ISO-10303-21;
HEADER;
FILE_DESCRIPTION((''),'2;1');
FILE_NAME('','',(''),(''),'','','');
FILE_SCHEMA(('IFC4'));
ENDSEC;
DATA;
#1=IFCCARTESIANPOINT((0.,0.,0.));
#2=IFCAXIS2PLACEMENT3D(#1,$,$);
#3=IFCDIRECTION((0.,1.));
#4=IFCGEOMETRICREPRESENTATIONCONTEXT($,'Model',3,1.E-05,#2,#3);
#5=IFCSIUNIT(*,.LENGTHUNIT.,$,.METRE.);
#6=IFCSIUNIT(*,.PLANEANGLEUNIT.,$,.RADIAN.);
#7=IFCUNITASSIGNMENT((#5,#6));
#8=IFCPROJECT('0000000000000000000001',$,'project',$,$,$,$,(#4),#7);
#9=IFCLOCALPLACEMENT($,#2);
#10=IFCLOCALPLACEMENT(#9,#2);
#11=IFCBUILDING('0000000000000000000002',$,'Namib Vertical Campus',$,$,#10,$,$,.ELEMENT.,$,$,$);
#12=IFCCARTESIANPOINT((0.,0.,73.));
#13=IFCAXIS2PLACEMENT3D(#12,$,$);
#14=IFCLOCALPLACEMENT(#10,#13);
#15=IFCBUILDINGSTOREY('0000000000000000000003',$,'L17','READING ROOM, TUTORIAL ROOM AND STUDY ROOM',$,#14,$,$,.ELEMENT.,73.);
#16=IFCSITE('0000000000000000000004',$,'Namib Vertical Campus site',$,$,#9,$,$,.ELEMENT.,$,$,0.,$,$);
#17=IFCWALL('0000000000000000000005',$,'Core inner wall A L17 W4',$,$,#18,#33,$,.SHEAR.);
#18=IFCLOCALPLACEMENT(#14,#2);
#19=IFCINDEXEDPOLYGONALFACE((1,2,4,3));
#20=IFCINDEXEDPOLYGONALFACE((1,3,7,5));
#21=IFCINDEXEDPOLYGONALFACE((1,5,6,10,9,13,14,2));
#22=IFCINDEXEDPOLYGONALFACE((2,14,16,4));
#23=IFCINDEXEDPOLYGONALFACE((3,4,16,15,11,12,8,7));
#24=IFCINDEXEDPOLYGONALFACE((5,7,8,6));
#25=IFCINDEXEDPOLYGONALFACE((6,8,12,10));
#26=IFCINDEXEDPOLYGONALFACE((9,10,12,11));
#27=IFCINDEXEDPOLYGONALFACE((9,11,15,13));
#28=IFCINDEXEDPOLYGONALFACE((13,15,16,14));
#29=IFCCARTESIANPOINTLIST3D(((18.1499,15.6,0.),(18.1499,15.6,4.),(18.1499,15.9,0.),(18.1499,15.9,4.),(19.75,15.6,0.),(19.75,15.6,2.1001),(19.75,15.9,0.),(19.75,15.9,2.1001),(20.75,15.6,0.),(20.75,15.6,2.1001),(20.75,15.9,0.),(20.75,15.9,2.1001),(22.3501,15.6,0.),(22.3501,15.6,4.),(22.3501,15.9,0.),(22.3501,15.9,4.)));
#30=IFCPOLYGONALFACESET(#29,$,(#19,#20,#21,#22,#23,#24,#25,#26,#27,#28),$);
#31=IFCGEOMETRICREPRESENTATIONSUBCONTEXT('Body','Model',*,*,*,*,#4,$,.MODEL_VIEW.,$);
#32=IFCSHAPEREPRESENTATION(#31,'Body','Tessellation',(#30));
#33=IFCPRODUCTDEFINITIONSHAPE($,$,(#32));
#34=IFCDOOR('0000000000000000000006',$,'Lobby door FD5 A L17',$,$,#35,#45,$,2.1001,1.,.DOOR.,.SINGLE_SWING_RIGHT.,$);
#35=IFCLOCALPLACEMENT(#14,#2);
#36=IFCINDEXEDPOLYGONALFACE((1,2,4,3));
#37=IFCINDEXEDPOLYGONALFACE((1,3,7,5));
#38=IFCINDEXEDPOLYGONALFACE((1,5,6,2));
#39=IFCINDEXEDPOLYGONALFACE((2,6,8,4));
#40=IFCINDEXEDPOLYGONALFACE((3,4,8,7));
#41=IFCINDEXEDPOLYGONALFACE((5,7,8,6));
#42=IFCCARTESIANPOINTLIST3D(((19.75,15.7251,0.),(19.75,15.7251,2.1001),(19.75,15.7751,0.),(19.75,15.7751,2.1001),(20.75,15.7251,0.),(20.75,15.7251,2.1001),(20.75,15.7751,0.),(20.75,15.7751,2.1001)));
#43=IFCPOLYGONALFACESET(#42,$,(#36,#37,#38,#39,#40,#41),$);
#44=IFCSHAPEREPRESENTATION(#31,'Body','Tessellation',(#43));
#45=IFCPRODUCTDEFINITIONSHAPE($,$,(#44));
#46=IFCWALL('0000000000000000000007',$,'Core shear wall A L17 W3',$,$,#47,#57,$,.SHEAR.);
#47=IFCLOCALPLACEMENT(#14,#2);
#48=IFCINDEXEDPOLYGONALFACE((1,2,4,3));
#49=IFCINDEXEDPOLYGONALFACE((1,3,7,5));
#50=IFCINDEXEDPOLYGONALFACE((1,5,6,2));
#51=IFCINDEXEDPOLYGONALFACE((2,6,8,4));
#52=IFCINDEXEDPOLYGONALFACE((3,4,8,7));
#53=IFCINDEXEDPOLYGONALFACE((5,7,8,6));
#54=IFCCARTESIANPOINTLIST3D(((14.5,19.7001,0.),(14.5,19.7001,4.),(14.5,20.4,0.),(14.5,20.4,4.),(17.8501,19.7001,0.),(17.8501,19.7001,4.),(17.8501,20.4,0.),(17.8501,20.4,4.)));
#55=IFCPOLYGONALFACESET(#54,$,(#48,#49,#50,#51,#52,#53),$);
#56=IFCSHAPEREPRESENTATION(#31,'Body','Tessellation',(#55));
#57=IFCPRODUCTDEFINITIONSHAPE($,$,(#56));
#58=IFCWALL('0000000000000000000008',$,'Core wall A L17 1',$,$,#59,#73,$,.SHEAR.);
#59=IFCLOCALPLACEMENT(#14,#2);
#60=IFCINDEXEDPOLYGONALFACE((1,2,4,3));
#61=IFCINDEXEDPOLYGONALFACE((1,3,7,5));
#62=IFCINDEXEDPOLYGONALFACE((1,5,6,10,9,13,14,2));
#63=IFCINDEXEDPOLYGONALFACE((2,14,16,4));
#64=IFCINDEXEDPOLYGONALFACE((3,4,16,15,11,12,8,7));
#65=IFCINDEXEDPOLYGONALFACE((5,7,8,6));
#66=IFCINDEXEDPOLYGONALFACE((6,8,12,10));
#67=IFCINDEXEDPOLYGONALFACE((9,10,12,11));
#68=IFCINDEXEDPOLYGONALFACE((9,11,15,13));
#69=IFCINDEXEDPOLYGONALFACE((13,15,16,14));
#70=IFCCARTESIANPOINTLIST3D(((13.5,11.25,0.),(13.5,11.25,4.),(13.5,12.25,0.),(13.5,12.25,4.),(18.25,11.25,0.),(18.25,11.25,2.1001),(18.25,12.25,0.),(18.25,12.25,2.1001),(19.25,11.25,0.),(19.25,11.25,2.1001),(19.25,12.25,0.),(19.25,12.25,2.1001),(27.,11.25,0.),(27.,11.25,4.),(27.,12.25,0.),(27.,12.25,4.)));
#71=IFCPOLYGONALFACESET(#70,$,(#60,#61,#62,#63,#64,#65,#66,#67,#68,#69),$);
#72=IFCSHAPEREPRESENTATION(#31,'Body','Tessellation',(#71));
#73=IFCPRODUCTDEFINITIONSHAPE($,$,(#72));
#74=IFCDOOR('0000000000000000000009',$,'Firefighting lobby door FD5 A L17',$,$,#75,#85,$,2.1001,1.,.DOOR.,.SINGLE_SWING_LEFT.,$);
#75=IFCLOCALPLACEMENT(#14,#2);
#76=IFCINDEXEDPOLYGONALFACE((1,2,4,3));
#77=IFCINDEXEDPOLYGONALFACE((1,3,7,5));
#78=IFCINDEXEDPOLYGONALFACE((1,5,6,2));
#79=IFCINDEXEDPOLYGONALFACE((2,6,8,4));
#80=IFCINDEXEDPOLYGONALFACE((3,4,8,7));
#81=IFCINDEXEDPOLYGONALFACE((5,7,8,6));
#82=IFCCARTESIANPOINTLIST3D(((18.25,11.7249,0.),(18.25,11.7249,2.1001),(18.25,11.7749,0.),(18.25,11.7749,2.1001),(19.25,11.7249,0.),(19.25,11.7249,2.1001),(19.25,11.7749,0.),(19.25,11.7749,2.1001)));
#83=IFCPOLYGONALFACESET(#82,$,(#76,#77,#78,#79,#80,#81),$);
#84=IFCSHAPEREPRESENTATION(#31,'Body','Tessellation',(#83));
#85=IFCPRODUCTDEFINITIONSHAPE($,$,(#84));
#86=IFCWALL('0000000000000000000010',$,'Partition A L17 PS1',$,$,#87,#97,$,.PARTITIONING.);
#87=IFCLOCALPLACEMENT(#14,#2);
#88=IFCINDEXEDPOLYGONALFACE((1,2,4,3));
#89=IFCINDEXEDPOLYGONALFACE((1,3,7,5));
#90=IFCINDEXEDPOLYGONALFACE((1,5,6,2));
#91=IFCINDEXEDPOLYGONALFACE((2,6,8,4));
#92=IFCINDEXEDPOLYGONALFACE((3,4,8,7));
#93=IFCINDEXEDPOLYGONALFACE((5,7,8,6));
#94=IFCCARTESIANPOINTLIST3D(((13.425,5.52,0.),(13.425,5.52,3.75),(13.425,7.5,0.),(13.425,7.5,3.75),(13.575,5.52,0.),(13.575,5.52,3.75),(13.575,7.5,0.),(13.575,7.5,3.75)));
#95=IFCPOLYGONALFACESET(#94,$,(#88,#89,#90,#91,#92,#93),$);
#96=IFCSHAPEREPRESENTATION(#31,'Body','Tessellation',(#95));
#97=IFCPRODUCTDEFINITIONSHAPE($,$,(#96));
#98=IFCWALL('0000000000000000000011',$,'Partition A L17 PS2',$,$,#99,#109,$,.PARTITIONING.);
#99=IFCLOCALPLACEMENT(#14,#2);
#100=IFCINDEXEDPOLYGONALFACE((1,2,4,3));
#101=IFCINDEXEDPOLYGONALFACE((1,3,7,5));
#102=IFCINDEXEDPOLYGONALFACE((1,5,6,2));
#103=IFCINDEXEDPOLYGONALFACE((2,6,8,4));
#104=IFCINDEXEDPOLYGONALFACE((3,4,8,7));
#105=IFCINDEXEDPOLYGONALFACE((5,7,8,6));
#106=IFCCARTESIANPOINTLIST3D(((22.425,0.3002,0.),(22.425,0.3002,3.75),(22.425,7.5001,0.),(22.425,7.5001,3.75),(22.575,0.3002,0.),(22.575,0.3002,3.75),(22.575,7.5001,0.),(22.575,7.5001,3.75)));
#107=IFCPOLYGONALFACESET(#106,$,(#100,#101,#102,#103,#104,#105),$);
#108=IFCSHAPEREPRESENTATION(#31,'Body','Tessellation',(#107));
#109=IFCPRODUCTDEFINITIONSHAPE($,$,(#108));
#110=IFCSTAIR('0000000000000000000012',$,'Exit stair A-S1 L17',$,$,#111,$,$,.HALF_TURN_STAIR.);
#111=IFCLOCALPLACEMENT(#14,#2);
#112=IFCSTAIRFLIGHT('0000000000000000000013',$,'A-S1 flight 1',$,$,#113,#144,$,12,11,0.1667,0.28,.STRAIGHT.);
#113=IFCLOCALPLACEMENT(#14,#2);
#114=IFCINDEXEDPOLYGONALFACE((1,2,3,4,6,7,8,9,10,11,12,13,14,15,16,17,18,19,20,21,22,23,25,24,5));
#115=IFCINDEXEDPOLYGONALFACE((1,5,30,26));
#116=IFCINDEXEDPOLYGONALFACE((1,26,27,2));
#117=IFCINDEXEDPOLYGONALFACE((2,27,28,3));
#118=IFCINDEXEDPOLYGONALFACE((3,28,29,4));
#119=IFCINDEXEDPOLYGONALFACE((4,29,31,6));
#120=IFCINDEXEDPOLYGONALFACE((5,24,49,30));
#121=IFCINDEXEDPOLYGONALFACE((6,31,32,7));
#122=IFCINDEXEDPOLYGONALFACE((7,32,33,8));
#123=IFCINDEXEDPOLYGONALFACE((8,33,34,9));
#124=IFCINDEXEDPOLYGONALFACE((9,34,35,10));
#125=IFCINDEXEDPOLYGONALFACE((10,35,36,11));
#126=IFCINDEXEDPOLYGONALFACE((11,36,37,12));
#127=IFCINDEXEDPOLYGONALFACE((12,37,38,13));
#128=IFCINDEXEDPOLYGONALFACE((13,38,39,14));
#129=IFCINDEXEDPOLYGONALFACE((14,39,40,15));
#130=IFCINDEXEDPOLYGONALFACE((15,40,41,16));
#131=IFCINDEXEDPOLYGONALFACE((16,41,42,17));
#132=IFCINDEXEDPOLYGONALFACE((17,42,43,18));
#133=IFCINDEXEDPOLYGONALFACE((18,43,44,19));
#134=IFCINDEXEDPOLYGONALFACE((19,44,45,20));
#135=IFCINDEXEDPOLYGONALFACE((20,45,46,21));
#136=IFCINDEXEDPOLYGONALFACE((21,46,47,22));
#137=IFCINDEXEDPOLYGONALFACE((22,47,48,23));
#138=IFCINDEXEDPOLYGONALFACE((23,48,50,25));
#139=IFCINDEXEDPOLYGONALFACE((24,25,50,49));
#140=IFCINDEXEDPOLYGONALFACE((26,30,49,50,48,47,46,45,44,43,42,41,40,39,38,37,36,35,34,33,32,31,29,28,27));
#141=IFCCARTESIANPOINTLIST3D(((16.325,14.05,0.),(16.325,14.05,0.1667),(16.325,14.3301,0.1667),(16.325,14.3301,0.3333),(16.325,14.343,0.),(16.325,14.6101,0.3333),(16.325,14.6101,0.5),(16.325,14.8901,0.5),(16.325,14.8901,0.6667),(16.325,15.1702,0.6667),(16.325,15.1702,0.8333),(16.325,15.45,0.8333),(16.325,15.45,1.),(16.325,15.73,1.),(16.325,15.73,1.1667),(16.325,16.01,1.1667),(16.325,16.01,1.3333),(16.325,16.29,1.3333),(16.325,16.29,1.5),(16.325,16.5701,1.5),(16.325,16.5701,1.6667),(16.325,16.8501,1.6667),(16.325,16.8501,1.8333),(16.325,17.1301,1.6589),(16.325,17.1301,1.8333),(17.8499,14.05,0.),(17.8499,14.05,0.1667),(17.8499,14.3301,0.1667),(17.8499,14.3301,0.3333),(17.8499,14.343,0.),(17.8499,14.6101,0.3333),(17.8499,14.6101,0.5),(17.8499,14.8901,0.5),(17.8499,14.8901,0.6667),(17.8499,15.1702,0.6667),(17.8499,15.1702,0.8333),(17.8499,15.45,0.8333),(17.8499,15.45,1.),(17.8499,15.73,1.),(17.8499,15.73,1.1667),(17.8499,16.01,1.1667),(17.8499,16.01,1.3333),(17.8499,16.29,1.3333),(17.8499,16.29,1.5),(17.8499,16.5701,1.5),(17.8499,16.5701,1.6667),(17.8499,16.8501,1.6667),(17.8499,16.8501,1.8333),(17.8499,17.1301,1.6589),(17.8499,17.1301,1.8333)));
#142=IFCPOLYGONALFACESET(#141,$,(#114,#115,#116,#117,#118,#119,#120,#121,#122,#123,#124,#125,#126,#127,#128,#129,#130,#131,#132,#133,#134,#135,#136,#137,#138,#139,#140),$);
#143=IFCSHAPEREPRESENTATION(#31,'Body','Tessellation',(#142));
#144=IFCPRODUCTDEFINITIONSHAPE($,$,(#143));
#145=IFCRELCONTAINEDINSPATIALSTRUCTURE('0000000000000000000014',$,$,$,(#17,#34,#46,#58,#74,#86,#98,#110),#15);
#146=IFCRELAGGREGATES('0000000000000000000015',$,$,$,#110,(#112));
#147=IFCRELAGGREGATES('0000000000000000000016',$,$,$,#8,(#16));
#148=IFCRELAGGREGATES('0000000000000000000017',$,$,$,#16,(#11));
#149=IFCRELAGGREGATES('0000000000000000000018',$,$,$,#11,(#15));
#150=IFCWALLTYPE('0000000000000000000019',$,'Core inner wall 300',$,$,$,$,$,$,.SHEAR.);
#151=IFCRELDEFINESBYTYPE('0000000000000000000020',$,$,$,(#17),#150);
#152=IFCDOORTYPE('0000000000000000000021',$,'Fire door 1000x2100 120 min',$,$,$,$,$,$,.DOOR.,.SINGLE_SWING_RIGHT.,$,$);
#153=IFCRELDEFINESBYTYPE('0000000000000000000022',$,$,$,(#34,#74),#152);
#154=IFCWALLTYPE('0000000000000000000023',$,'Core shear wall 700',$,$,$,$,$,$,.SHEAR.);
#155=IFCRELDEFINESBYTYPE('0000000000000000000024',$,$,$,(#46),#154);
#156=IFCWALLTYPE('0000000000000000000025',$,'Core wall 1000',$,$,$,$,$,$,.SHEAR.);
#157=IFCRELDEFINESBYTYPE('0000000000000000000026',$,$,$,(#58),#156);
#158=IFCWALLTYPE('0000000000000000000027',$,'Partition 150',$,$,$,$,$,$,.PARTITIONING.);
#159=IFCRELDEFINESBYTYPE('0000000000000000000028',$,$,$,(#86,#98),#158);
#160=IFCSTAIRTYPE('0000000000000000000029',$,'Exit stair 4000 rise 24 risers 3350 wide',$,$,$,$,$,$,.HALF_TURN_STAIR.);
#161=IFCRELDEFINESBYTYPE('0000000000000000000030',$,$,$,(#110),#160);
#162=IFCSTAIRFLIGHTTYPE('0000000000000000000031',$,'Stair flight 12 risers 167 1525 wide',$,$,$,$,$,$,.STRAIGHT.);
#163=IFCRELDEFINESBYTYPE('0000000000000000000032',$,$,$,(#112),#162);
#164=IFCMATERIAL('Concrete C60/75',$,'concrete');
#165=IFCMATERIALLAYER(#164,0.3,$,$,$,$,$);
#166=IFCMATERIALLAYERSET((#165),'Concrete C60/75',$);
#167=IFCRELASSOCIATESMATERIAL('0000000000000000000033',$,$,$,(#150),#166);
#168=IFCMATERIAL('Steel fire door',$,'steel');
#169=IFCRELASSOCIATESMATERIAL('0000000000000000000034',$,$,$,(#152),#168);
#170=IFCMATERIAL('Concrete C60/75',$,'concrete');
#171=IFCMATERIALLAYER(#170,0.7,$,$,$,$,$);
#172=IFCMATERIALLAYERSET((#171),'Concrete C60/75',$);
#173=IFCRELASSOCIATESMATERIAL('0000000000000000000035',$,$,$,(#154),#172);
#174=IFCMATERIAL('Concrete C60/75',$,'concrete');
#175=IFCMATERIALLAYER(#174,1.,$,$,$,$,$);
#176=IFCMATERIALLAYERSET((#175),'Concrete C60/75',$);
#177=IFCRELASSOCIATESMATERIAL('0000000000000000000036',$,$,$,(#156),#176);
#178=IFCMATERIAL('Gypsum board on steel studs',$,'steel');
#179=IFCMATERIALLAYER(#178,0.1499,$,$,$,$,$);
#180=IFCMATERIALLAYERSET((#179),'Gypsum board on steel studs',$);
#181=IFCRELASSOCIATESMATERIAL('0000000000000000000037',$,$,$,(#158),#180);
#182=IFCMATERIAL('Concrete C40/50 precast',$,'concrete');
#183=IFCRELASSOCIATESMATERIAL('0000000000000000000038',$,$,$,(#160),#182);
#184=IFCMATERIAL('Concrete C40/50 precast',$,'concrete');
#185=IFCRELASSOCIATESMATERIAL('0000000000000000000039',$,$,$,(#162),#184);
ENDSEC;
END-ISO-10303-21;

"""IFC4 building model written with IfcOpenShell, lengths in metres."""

from ifc_helpers import new_model, si_unit, direction, frame, frame_2d, origin, place, context, subcontext, project, spatial, polyline, rectangle, outline, extrude, material, layer, layer_set, type_object, element, fill, aggregate, save


model = new_model("IFC4")

# Units and contexts
model_context = context("Model", 3, precision=1e-05, world=origin(), true_north=direction((0.0, 1.0)))
body_context = subcontext(model_context, "Body", "Model", "MODEL_VIEW")
ifc_project = project(units=[si_unit("LENGTHUNIT", "METRE"), si_unit("PLANEANGLEUNIT", "RADIAN")], contexts=[model_context])

# Site, building, storey
site_placement = place(None, origin())
site = spatial("IfcSite", under=ifc_project, at=site_placement, Name="Namib Vertical Campus site", CompositionType="ELEMENT", RefElevation=0.0)
building_placement = place(site_placement, origin())
building = spatial("IfcBuilding", under=site, at=building_placement, Name="Namib Vertical Campus", CompositionType="ELEMENT")
storey_placement = place(building_placement, frame((0.0, 0.0, 73.0)))
storey = spatial("IfcBuildingStorey", under=building, at=storey_placement, Name="L17", Description="READING ROOM, TUTORIAL ROOM AND STUDY ROOM", CompositionType="ELEMENT", Elevation=73.0)

# Shared definitions
ifc_material_1 = material(Name="Concrete C60/75", Category="concrete")
ifc_layer_1 = layer(ifc_material_1, 0.3)
ifc_layer_set_1 = layer_set([ifc_layer_1], Name="Concrete C60/75")
wall_type_1 = type_object("IfcWallType", Name="Core inner wall 300", PredefinedType="SHEAR", material=ifc_layer_set_1)

# Wall, opening, door
wall_1_placement = place(storey_placement, frame((18.1499, 15.75, 0.0), z_axis=(0.0, 0.0, 1.0), x_axis=(1.0, 0.0, 0.0)))
wall_1 = element("IfcWall", 1, at=wall_1_placement, inside=storey, type_object=wall_type_1, Name="Core inner wall A L17 W4", PredefinedType="SHEAR", context=body_context, shape_type="SweptSolid", body=[
    extrude(rectangle(XDim=4.2002, YDim=0.3, at=frame_2d((2.1001, 0.0))), origin(), (0.0, 0.0, 1.0), 4.0),
])
opening_1_placement = place(wall_1_placement, frame((1.6001, 0.0, 0.0)))
opening_1 = element("IfcOpeningElement", 2, at=opening_1_placement, cuts=wall_1, PredefinedType="OPENING", context=body_context, shape_type="SweptSolid", body=[
    extrude(rectangle(XDim=1.0, YDim=2.1001, at=frame_2d((0.5, 1.05))), frame((0.0, 0.1599, 0.0), z_axis=(0.0, -1.0, 0.0), x_axis=(1.0, 0.0, 0.0)), (0.0, 0.0, 1.0), 0.3201),
])
ifc_material_2 = material(Name="Steel fire door", Category="steel")
door_type_1 = type_object("IfcDoorType", Name="Fire door 1000x2100 120 min", OperationType="SINGLE_SWING_RIGHT", PredefinedType="DOOR", material=ifc_material_2)
door_1_placement = place(opening_1_placement, frame((1.0, 0.0, 0.0), z_axis=(0.0, 0.0, 1.0), x_axis=(-1.0, 0.0, 0.0)))
door_1 = element("IfcDoor", 3, at=door_1_placement, inside=storey, type_object=door_type_1, Name="Lobby door FD5 A L17", OperationType="SINGLE_SWING_RIGHT", OverallHeight=2.1001, OverallWidth=1.0, PredefinedType="DOOR", context=body_context, shape_type="SweptSolid", body=[
    extrude(rectangle(XDim=1.0, YDim=2.1001, at=frame_2d((0.5, 1.05))), frame((0.0, 0.0249, 0.0), z_axis=(0.0, -1.0, 0.0), x_axis=(1.0, 0.0, 0.0)), (0.0, 0.0, 1.0), 0.05),
])
fill(opening_1, door_1)

# Wall
ifc_material_3 = material(Name="Concrete C60/75", Category="concrete")
ifc_layer_2 = layer(ifc_material_3, 0.7)
ifc_layer_set_2 = layer_set([ifc_layer_2], Name="Concrete C60/75")
wall_type_2 = type_object("IfcWallType", Name="Core shear wall 700", PredefinedType="SHEAR", material=ifc_layer_set_2)
wall_2_placement = place(storey_placement, frame((14.5, 20.05, 0.0), z_axis=(0.0, 0.0, 1.0), x_axis=(1.0, 0.0, 0.0)))
element("IfcWall", 4, at=wall_2_placement, inside=storey, type_object=wall_type_2, Name="Core shear wall A L17 W3", PredefinedType="SHEAR", context=body_context, shape_type="SweptSolid", body=[
    extrude(rectangle(XDim=3.3501, YDim=0.7, at=frame_2d((1.675, 0.0))), origin(), (0.0, 0.0, 1.0), 4.0),
])

# Wall, opening, door
ifc_material_4 = material(Name="Concrete C60/75", Category="concrete")
ifc_layer_3 = layer(ifc_material_4, 1.0)
ifc_layer_set_3 = layer_set([ifc_layer_3], Name="Concrete C60/75")
wall_type_3 = type_object("IfcWallType", Name="Core wall 1000", PredefinedType="SHEAR", material=ifc_layer_set_3)
wall_3_placement = place(storey_placement, frame((13.5, 11.75, 0.0), z_axis=(0.0, 0.0, 1.0), x_axis=(1.0, 0.0, 0.0)))
wall_3 = element("IfcWall", 5, at=wall_3_placement, inside=storey, type_object=wall_type_3, Name="Core wall A L17 1", PredefinedType="SHEAR", context=body_context, shape_type="SweptSolid", body=[
    extrude(rectangle(XDim=13.5, YDim=1.0, at=frame_2d((6.75, 0.0))), origin(), (0.0, 0.0, 1.0), 4.0),
])
opening_2_placement = place(wall_3_placement, frame((4.75, 0.0, 0.0)))
opening_2 = element("IfcOpeningElement", 6, at=opening_2_placement, cuts=wall_3, PredefinedType="OPENING", context=body_context, shape_type="SweptSolid", body=[
    extrude(rectangle(XDim=1.0, YDim=2.1001, at=frame_2d((0.5, 1.05))), frame((0.0, 0.51, 0.0), z_axis=(0.0, -1.0, 0.0), x_axis=(1.0, 0.0, 0.0)), (0.0, 0.0, 1.0), 1.02),
])
door_2_placement = place(opening_2_placement, origin())
door_2 = element("IfcDoor", 7, at=door_2_placement, inside=storey, type_object=door_type_1, Name="Firefighting lobby door FD5 A L17", OperationType="SINGLE_SWING_LEFT", OverallHeight=2.1001, OverallWidth=1.0, PredefinedType="DOOR", context=body_context, shape_type="SweptSolid", body=[
    extrude(rectangle(XDim=1.0, YDim=2.1001, at=frame_2d((0.5, 1.05))), frame((0.0, 0.0249, 0.0), z_axis=(0.0, -1.0, 0.0), x_axis=(1.0, 0.0, 0.0)), (0.0, 0.0, 1.0), 0.05),
])
fill(opening_2, door_2)

# Walls
ifc_material_5 = material(Name="Gypsum board on steel studs", Category="steel")
ifc_layer_4 = layer(ifc_material_5, 0.1499)
ifc_layer_set_4 = layer_set([ifc_layer_4], Name="Gypsum board on steel studs")
wall_type_4 = type_object("IfcWallType", Name="Partition 150", PredefinedType="PARTITIONING", material=ifc_layer_set_4)
wall_4_placement = place(storey_placement, frame((13.5, 5.52, 0.0), z_axis=(0.0, 0.0, 1.0), x_axis=(0.0, 1.0, 0.0)))
element("IfcWall", 8, at=wall_4_placement, inside=storey, type_object=wall_type_4, Name="Partition A L17 PS1", PredefinedType="PARTITIONING", context=body_context, shape_type="SweptSolid", body=[
    extrude(rectangle(XDim=1.98, YDim=0.1499, at=frame_2d((0.99, 0.0))), origin(), (0.0, 0.0, 1.0), 3.75),
])
wall_5_placement = place(storey_placement, frame((22.5, 0.3, 0.0), z_axis=(0.0, 0.0, 1.0), x_axis=(0.0, 1.0, 0.0)))
element("IfcWall", 9, at=wall_5_placement, inside=storey, type_object=wall_type_4, Name="Partition A L17 PS2", PredefinedType="PARTITIONING", context=body_context, shape_type="SweptSolid", body=[
    extrude(rectangle(XDim=7.2, YDim=0.1499, at=frame_2d((3.6001, 0.0))), origin(), (0.0, 0.0, 1.0), 3.75),
])

# Stair, stair flight
ifc_material_6 = material(Name="Concrete C40/50 precast", Category="concrete")
stair_type = type_object("IfcStairType", Name="Exit stair 4000 rise 24 risers 3350 wide", PredefinedType="HALF_TURN_STAIR", material=ifc_material_6)
stair_placement = place(storey_placement, origin())
stair = element("IfcStair", 10, at=stair_placement, inside=storey, type_object=stair_type, Name="Exit stair A-S1 L17", PredefinedType="HALF_TURN_STAIR")
ifc_material_7 = material(Name="Concrete C40/50 precast", Category="concrete")
stair_flight_type = type_object("IfcStairFlightType", Name="Stair flight 12 risers 167 1525 wide", PredefinedType="STRAIGHT", material=ifc_material_7)
stair_flight_1_placement = place(storey_placement, frame((17.0874, 14.05, 0.0), z_axis=(0.0, 0.0, 1.0), x_axis=(0.0, 1.0, 0.0)))
stair_flight_1 = element("IfcStairFlight", 11, at=stair_flight_1_placement, type_object=stair_flight_type, Name="A-S1 flight 1", NumberOfRisers=12, NumberOfTreads=11, PredefinedType="STRAIGHT", RiserHeight=0.1667, TreadLength=0.28, context=body_context, shape_type="SweptSolid", body=[
    extrude(outline(polyline([(0.0, 0.0), (0.0, 0.1667), (0.28, 0.1667), (0.28, 0.3333), (0.5601, 0.3333), (0.5601, 0.5), (0.8401, 0.5), (0.8401, 0.6667), (1.1201, 0.6667), (1.1201, 0.8333), (1.3999, 0.8333), (1.3999, 1.0), (1.6799, 1.0), (1.6799, 1.1667), (1.96, 1.1667), (1.96, 1.3333), (2.24, 1.3333), (2.24, 1.5), (2.52, 1.5), (2.52, 1.6667), (2.8, 1.6667), (2.8, 1.8333), (3.0801, 1.8333), (3.0801, 2.0), (3.0801, 1.6589), (0.293, 0.0), (0.0, 0.0)])), frame((0.0, 0.7625, 0.0), z_axis=(0.0, -1.0, 0.0), x_axis=(1.0, 0.0, 0.0)), (0.0, 0.0, 1.0), 1.5249),
])
aggregate(stair, [stair_flight_1])

save(model, "model.ifc")
